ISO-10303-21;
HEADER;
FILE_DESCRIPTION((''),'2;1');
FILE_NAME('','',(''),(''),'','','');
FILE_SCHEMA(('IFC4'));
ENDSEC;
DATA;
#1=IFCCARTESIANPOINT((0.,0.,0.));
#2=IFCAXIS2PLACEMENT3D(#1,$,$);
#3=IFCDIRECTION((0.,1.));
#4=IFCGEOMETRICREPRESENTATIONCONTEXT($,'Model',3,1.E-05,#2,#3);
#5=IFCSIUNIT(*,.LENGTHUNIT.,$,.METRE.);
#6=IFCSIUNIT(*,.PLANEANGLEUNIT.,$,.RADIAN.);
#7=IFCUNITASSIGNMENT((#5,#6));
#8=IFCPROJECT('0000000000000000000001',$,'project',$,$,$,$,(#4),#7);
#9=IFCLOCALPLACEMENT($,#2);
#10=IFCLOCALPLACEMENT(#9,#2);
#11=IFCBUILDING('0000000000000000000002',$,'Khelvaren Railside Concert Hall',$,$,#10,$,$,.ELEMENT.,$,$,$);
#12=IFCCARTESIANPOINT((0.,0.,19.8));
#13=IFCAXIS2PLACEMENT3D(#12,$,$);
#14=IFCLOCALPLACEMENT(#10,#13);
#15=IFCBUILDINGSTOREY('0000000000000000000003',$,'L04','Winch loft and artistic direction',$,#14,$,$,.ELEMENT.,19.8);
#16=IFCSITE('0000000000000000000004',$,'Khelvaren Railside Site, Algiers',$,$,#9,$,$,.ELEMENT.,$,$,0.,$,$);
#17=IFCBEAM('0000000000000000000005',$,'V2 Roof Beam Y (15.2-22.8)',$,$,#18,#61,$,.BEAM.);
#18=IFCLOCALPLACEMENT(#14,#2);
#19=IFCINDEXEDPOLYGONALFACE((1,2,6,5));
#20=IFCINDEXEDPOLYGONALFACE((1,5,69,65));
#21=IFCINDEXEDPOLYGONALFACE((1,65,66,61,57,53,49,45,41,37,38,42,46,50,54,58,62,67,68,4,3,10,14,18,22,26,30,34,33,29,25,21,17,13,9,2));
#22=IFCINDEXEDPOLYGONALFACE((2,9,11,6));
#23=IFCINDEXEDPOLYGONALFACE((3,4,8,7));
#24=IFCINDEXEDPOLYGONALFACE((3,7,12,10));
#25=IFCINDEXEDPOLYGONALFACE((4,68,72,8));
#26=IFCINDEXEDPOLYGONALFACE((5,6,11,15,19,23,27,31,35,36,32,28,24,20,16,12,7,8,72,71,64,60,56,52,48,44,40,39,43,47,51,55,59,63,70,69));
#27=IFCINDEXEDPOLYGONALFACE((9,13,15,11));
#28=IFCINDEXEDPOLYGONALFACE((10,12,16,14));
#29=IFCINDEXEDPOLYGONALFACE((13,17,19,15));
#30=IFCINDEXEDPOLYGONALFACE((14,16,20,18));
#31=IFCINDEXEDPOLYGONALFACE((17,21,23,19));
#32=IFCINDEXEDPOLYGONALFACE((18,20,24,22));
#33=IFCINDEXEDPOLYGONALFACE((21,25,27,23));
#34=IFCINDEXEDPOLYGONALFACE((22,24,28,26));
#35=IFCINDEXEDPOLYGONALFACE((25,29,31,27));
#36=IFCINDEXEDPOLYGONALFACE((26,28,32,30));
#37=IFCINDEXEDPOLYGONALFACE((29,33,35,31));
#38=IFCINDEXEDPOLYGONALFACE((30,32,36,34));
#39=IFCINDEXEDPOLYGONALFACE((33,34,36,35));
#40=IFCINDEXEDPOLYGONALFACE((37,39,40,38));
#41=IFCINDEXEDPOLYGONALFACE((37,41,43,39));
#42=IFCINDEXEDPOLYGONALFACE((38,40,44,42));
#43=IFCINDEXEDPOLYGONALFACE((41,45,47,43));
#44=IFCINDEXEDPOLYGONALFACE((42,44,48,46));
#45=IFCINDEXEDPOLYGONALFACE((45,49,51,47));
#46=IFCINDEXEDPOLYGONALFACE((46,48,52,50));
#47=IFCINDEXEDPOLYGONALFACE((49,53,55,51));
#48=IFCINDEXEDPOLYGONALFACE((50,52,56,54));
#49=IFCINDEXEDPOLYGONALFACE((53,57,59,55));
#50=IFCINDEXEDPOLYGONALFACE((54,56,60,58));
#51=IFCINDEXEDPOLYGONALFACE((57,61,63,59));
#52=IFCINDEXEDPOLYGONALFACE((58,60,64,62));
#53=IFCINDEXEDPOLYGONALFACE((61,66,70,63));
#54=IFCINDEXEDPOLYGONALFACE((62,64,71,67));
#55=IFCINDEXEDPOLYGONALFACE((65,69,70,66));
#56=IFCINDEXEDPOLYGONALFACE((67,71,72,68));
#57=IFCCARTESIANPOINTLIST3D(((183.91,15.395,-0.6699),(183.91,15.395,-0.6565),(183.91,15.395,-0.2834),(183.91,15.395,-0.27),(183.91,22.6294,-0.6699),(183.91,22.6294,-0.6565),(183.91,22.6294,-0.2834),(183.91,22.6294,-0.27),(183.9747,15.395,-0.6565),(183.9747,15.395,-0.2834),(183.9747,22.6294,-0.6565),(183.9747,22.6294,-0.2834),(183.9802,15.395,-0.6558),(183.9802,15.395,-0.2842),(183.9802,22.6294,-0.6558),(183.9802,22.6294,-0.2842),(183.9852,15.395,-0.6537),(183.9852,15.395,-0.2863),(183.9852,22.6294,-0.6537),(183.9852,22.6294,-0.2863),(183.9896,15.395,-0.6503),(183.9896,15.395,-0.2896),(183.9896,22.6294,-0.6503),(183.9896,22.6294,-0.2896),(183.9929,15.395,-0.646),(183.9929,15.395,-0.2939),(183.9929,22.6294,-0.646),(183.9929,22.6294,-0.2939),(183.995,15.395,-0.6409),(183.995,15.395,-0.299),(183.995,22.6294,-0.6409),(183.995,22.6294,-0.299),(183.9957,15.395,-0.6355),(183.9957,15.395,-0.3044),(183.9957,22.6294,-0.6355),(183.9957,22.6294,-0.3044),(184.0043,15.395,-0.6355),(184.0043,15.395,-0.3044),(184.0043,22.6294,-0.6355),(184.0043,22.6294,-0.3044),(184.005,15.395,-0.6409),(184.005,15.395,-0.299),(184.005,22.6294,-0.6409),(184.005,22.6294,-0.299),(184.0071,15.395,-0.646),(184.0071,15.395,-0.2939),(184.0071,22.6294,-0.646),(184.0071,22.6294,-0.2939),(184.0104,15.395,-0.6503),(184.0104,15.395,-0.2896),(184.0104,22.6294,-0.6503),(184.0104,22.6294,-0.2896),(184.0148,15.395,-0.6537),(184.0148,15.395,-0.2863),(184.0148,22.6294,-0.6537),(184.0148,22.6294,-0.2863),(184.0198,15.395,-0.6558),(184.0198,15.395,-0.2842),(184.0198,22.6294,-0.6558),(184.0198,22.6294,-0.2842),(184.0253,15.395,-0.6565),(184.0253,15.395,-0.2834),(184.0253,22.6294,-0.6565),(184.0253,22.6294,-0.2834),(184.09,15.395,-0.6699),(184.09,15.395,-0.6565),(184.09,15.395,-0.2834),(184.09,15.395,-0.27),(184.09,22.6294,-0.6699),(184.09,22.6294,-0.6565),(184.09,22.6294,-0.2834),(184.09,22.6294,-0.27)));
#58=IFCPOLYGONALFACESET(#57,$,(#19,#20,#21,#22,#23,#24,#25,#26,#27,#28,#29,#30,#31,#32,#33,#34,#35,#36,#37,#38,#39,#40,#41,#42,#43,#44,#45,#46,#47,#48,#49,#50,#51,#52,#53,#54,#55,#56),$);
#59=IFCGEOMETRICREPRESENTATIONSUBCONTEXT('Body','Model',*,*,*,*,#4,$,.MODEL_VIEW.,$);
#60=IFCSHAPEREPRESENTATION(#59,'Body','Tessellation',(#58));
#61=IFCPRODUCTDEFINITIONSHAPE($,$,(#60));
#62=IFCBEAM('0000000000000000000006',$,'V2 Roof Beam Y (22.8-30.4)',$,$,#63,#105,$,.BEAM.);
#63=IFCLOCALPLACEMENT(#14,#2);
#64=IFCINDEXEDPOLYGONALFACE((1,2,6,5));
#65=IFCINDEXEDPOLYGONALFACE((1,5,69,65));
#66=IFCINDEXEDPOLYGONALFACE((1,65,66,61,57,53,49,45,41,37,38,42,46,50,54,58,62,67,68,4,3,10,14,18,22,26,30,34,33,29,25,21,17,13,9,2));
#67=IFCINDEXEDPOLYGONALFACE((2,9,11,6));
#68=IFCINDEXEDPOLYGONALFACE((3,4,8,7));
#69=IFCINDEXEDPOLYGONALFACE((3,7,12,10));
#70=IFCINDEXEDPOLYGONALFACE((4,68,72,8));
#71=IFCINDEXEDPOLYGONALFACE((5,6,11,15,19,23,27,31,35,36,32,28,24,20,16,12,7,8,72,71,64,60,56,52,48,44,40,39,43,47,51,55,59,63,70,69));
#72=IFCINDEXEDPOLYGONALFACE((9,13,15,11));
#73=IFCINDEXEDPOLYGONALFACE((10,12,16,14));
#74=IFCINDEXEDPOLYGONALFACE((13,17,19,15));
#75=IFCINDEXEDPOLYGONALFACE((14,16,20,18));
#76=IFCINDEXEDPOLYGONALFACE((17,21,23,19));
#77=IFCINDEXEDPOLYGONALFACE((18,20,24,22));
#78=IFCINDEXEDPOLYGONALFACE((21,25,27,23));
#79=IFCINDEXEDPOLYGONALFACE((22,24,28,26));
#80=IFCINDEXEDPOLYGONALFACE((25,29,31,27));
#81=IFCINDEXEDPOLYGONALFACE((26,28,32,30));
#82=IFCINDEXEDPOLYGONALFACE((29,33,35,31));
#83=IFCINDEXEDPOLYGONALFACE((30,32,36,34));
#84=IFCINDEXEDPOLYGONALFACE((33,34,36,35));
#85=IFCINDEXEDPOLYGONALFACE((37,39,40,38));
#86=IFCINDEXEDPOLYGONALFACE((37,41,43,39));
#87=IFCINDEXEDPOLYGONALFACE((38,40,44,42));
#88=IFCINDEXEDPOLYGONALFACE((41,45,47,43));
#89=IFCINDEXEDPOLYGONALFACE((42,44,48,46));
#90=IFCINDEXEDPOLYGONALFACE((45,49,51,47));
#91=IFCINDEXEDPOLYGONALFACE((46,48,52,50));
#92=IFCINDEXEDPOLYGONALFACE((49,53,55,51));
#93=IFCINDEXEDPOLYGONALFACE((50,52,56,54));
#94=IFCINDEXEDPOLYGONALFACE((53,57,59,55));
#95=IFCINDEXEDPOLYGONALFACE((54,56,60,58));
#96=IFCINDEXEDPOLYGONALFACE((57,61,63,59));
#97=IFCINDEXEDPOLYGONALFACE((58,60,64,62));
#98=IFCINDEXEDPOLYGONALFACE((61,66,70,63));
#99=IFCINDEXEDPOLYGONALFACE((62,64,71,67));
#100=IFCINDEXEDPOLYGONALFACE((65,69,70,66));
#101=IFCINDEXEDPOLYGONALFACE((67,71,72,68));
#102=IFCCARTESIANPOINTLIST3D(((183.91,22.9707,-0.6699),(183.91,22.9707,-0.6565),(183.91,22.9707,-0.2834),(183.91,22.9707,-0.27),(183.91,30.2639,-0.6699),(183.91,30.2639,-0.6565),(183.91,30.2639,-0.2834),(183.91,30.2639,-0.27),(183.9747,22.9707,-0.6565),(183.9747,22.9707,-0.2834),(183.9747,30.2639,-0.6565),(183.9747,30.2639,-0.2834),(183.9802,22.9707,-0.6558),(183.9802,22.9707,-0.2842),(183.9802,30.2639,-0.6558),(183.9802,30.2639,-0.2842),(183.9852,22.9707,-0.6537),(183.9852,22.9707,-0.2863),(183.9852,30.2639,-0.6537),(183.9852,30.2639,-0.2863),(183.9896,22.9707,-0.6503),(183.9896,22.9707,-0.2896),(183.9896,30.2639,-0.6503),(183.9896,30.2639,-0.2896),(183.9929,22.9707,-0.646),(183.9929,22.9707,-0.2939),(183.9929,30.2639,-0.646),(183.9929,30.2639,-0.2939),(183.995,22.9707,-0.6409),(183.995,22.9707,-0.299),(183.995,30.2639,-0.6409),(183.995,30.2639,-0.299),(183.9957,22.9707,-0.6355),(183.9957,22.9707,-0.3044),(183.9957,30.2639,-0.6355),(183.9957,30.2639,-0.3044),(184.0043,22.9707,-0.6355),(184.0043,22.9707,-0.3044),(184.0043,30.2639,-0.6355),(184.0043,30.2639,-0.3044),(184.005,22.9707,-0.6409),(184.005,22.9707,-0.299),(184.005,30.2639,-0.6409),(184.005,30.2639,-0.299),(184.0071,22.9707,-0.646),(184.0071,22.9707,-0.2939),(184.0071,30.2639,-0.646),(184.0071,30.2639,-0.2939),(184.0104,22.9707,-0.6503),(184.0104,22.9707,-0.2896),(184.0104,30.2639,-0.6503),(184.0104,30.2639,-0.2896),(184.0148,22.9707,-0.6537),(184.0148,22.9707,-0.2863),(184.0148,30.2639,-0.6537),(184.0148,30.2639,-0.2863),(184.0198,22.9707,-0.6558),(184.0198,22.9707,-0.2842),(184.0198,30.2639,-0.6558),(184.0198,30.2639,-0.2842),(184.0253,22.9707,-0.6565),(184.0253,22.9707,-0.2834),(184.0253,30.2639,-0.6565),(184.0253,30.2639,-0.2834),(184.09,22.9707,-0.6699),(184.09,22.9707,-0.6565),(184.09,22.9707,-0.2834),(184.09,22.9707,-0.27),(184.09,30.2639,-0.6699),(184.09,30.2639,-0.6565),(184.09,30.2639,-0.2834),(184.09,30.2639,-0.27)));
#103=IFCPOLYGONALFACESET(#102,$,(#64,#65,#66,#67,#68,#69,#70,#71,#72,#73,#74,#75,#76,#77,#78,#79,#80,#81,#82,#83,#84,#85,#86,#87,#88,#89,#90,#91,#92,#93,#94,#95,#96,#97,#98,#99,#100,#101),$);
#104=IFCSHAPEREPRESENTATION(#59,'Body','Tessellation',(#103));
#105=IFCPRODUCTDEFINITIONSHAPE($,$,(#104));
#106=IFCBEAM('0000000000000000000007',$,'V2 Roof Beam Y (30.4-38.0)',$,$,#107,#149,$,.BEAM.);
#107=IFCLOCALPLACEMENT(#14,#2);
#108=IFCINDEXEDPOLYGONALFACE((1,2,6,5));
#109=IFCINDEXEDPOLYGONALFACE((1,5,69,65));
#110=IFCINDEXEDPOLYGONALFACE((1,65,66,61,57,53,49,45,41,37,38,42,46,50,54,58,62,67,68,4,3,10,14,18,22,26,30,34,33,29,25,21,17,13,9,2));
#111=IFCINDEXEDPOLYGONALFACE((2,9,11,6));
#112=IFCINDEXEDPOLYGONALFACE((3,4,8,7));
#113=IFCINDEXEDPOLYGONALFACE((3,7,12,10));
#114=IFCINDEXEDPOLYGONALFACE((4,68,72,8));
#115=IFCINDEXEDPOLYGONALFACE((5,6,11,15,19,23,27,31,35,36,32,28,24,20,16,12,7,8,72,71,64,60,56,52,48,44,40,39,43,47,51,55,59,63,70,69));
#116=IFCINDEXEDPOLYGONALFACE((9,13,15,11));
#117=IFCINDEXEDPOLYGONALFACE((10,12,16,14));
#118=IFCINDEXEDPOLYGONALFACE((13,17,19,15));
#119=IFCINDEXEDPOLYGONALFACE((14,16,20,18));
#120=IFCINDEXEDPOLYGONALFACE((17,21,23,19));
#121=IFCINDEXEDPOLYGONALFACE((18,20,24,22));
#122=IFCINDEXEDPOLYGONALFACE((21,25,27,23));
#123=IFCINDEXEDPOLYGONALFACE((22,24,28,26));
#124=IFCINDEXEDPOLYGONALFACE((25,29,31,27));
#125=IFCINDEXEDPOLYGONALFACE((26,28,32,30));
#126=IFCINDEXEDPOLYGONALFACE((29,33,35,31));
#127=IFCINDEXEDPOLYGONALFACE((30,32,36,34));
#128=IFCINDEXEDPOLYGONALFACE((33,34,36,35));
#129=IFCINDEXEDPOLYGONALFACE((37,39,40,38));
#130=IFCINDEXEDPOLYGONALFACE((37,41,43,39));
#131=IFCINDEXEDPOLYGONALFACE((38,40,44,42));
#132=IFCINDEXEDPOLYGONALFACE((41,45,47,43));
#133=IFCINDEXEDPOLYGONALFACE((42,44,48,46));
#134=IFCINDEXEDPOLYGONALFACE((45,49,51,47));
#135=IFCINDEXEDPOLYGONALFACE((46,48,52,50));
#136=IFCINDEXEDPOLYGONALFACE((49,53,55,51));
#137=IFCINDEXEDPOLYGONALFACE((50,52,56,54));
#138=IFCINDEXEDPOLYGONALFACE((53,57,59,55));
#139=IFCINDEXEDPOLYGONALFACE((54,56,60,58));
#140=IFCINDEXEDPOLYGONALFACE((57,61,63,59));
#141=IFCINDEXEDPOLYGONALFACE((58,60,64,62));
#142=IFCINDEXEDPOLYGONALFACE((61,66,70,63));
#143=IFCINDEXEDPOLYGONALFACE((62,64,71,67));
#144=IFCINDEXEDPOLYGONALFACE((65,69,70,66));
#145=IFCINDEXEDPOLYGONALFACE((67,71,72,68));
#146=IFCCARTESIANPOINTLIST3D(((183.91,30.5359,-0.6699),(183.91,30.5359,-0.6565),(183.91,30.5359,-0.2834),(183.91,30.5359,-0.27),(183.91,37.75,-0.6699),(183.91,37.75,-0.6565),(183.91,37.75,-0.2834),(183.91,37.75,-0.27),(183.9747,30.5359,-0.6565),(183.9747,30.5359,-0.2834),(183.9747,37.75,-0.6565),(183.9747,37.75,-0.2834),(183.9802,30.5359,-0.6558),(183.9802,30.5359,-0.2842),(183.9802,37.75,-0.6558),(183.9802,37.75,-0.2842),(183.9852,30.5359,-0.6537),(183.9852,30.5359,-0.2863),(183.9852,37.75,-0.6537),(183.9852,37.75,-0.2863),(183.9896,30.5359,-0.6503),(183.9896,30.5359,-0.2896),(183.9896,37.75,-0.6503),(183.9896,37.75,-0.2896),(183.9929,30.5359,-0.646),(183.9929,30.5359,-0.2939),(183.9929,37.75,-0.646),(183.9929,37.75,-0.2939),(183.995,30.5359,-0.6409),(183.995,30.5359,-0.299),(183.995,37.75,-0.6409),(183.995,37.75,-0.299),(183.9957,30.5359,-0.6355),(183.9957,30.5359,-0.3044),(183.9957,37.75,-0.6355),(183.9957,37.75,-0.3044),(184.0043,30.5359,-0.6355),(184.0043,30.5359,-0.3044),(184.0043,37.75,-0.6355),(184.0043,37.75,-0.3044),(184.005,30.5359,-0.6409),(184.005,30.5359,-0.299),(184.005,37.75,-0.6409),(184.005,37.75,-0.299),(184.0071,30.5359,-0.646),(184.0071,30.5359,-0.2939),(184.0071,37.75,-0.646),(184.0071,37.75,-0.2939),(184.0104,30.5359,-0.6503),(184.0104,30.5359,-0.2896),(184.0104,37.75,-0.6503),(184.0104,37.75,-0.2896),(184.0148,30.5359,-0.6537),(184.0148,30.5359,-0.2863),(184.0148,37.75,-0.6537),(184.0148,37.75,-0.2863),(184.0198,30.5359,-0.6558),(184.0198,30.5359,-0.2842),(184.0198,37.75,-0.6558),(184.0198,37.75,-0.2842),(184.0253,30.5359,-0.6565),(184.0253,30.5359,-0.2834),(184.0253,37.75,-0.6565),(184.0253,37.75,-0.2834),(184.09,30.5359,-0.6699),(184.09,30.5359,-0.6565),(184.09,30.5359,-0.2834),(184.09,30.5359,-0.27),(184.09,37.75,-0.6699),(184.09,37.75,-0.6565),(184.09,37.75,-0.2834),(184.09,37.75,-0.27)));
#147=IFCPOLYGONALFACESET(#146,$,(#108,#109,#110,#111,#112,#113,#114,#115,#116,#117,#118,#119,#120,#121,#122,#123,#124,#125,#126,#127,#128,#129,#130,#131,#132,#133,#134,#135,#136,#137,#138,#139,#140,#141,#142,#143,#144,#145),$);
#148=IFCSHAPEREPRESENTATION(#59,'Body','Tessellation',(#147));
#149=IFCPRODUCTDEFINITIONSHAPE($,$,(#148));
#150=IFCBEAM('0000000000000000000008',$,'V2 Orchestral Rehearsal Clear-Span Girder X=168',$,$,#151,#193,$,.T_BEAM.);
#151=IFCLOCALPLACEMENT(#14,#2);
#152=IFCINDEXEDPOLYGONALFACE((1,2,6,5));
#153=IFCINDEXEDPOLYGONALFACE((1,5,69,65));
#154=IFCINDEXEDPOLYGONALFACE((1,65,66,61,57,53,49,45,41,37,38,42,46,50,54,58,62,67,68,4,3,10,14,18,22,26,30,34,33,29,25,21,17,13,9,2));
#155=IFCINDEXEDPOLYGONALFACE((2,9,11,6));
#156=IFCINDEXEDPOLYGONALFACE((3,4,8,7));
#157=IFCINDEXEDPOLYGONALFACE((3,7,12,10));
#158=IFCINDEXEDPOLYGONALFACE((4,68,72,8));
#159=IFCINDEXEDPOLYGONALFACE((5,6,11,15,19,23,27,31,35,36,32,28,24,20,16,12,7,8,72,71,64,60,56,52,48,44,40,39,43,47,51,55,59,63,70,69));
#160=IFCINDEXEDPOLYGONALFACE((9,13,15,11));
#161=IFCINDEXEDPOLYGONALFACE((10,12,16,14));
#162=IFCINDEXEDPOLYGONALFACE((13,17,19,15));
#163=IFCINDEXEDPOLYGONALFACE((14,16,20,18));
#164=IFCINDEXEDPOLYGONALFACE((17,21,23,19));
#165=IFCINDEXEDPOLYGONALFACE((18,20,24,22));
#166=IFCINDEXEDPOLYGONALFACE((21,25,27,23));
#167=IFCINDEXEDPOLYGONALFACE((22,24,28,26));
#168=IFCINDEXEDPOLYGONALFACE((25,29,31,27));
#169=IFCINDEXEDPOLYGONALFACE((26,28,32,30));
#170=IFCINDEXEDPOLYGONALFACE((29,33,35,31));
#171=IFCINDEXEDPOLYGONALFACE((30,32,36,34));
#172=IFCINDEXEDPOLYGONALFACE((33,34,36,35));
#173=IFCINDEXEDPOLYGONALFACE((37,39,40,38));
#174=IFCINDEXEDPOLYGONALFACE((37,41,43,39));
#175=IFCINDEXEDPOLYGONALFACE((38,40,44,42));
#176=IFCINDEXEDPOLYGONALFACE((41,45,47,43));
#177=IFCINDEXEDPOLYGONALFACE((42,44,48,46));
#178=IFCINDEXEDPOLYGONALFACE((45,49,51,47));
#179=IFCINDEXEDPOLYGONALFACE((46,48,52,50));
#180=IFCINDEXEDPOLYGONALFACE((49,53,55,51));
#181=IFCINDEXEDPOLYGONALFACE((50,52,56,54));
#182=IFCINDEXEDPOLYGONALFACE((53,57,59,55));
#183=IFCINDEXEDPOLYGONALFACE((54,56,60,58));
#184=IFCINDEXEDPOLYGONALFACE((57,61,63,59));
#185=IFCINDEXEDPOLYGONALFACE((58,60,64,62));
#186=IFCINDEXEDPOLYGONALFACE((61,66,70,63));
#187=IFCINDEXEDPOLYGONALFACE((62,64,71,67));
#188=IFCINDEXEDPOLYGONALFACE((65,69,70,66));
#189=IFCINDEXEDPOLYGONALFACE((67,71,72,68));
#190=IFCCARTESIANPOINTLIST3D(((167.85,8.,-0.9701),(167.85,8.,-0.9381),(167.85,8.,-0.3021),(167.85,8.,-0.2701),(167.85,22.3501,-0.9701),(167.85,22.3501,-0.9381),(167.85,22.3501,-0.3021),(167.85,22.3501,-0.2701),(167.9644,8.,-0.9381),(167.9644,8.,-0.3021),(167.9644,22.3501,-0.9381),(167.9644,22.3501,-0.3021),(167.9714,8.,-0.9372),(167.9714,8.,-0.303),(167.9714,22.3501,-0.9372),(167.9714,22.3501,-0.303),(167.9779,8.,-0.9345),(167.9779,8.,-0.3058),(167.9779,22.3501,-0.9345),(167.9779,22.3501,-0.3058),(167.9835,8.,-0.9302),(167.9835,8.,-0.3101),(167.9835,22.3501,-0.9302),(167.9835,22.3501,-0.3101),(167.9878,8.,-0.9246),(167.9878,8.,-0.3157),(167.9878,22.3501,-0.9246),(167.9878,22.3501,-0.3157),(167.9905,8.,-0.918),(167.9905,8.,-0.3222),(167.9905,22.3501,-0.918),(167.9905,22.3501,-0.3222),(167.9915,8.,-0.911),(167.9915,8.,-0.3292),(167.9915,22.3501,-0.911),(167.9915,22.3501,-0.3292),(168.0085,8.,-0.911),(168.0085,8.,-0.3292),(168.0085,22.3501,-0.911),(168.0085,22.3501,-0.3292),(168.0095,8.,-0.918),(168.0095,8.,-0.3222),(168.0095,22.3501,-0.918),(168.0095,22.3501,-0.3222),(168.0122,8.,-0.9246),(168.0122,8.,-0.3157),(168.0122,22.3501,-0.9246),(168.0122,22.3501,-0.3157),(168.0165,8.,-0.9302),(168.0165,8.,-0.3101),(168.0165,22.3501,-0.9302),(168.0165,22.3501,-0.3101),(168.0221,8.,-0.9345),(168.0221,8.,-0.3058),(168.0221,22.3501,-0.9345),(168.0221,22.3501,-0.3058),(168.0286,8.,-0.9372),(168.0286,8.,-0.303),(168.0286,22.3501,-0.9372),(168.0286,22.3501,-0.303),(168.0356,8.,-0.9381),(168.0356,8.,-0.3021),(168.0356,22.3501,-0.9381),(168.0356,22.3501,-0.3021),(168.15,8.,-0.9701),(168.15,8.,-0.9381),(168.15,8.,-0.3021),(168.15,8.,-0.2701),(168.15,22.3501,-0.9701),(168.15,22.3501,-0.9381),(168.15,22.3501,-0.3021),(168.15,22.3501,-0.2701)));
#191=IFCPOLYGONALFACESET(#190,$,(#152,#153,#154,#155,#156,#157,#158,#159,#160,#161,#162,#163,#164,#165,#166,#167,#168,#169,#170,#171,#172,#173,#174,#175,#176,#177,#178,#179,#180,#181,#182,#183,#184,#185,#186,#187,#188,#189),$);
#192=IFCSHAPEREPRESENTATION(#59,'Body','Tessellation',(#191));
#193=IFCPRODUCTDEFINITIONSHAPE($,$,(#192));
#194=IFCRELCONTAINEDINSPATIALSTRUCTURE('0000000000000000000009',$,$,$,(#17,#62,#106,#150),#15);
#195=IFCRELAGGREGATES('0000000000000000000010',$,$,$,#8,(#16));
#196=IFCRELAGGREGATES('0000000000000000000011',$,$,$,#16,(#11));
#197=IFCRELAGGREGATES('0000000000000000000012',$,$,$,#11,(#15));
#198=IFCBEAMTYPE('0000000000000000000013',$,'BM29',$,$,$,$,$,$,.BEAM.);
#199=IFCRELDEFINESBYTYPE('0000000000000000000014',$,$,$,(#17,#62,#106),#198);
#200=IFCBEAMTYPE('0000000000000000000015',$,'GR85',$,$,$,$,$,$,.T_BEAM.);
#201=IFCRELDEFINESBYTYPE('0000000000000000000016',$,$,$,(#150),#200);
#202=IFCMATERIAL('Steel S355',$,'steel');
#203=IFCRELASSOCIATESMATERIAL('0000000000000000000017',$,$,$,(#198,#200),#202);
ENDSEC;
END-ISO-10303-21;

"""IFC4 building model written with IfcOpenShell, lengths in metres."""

from ifc_helpers import new_model, si_unit, direction, frame, origin, origin_2d, place, context, subcontext, project, spatial, i_section, extrude, material, material_profile, profile_set, type_object, element, save


model = new_model("IFC4")

# Units and contexts
model_context = context("Model", 3, precision=1e-05, world=origin(), true_north=direction((0.0, 1.0)))
body_context = subcontext(model_context, "Body", "Model", "MODEL_VIEW")
ifc_project = project(units=[si_unit("LENGTHUNIT", "METRE"), si_unit("PLANEANGLEUNIT", "RADIAN")], contexts=[model_context])

# Site, building, storey
site_placement = place(None, origin())
site = spatial("IfcSite", under=ifc_project, at=site_placement, Name="Khelvaren Railside Site, Algiers", CompositionType="ELEMENT", RefElevation=0.0)
building_placement = place(site_placement, origin())
building = spatial("IfcBuilding", under=site, at=building_placement, Name="Khelvaren Railside Concert Hall", CompositionType="ELEMENT")
storey_placement = place(building_placement, frame((0.0, 0.0, 19.8)))
storey = spatial("IfcBuildingStorey", under=building, at=storey_placement, Name="L04", Description="Winch loft and artistic direction", CompositionType="ELEMENT", Elevation=19.8)

# Beams
ifc_material_1 = material(Name="Steel S355", Category="steel")
ifc_material_profile_1 = material_profile(ifc_material_1, i_section(OverallWidth=0.1799, OverallDepth=0.3999, WebThickness=0.0085, FlangeThickness=0.0134, FilletRadius=0.021, at=origin_2d()), Name="IPE 400")
ifc_profile_set_1 = profile_set([ifc_material_profile_1], Name="Steel S355")
beam_type_1 = type_object("IfcBeamType", Name="BM29", PredefinedType="BEAM", material=ifc_profile_set_1)
beam_1_placement = place(storey_placement, frame((184.0, 15.395, -0.47), z_axis=(0.0, 1.0, 0.0), x_axis=(-1.0, 0.0, 0.0)))
element("IfcBeam", 1, at=beam_1_placement, inside=storey, type_object=beam_type_1, Name="V2 Roof Beam Y (15.2-22.8)", PredefinedType="BEAM", context=body_context, shape_type="SweptSolid", body=[
    extrude(i_section(OverallWidth=0.1799, OverallDepth=0.3999, WebThickness=0.0085, FlangeThickness=0.0134, FilletRadius=0.021, at=origin_2d()), origin(), (0.0, 0.0, 1.0), 7.2344),
])
beam_2_placement = place(storey_placement, frame((184.0, 22.9707, -0.47), z_axis=(0.0, 1.0, 0.0), x_axis=(-1.0, 0.0, 0.0)))
element("IfcBeam", 2, at=beam_2_placement, inside=storey, type_object=beam_type_1, Name="V2 Roof Beam Y (22.8-30.4)", PredefinedType="BEAM", context=body_context, shape_type="SweptSolid", body=[
    extrude(i_section(OverallWidth=0.1799, OverallDepth=0.3999, WebThickness=0.0085, FlangeThickness=0.0134, FilletRadius=0.021, at=origin_2d()), origin(), (0.0, 0.0, 1.0), 7.2932),
])
beam_3_placement = place(storey_placement, frame((184.0, 30.5359, -0.47), z_axis=(0.0, 1.0, 0.0), x_axis=(-1.0, 0.0, 0.0)))
element("IfcBeam", 3, at=beam_3_placement, inside=storey, type_object=beam_type_1, Name="V2 Roof Beam Y (30.4-38.0)", PredefinedType="BEAM", context=body_context, shape_type="SweptSolid", body=[
    extrude(i_section(OverallWidth=0.1799, OverallDepth=0.3999, WebThickness=0.0085, FlangeThickness=0.0134, FilletRadius=0.021, at=origin_2d()), origin(), (0.0, 0.0, 1.0), 7.2141),
])
ifc_material_profile_2 = material_profile(ifc_material_1, i_section(OverallWidth=0.3, OverallDepth=0.7, WebThickness=0.0171, FlangeThickness=0.032, FilletRadius=0.0271, at=origin_2d()), Name="HEB 700")
ifc_profile_set_2 = profile_set([ifc_material_profile_2], Name="Steel S355")
beam_type_2 = type_object("IfcBeamType", Name="GR85", PredefinedType="T_BEAM", material=ifc_profile_set_2)
beam_4_placement = place(storey_placement, frame((168.0, 8.0, -0.6201), z_axis=(0.0, 1.0, 0.0), x_axis=(-1.0, 0.0, 0.0)))
element("IfcBeam", 4, at=beam_4_placement, inside=storey, type_object=beam_type_2, Name="V2 Orchestral Rehearsal Clear-Span Girder X=168", PredefinedType="T_BEAM", context=body_context, shape_type="SweptSolid", body=[
    extrude(i_section(OverallWidth=0.3, OverallDepth=0.7, WebThickness=0.0171, FlangeThickness=0.032, FilletRadius=0.0271, at=origin_2d()), origin(), (0.0, 0.0, 1.0), 14.3501),
])

save(model, "model.ifc")
